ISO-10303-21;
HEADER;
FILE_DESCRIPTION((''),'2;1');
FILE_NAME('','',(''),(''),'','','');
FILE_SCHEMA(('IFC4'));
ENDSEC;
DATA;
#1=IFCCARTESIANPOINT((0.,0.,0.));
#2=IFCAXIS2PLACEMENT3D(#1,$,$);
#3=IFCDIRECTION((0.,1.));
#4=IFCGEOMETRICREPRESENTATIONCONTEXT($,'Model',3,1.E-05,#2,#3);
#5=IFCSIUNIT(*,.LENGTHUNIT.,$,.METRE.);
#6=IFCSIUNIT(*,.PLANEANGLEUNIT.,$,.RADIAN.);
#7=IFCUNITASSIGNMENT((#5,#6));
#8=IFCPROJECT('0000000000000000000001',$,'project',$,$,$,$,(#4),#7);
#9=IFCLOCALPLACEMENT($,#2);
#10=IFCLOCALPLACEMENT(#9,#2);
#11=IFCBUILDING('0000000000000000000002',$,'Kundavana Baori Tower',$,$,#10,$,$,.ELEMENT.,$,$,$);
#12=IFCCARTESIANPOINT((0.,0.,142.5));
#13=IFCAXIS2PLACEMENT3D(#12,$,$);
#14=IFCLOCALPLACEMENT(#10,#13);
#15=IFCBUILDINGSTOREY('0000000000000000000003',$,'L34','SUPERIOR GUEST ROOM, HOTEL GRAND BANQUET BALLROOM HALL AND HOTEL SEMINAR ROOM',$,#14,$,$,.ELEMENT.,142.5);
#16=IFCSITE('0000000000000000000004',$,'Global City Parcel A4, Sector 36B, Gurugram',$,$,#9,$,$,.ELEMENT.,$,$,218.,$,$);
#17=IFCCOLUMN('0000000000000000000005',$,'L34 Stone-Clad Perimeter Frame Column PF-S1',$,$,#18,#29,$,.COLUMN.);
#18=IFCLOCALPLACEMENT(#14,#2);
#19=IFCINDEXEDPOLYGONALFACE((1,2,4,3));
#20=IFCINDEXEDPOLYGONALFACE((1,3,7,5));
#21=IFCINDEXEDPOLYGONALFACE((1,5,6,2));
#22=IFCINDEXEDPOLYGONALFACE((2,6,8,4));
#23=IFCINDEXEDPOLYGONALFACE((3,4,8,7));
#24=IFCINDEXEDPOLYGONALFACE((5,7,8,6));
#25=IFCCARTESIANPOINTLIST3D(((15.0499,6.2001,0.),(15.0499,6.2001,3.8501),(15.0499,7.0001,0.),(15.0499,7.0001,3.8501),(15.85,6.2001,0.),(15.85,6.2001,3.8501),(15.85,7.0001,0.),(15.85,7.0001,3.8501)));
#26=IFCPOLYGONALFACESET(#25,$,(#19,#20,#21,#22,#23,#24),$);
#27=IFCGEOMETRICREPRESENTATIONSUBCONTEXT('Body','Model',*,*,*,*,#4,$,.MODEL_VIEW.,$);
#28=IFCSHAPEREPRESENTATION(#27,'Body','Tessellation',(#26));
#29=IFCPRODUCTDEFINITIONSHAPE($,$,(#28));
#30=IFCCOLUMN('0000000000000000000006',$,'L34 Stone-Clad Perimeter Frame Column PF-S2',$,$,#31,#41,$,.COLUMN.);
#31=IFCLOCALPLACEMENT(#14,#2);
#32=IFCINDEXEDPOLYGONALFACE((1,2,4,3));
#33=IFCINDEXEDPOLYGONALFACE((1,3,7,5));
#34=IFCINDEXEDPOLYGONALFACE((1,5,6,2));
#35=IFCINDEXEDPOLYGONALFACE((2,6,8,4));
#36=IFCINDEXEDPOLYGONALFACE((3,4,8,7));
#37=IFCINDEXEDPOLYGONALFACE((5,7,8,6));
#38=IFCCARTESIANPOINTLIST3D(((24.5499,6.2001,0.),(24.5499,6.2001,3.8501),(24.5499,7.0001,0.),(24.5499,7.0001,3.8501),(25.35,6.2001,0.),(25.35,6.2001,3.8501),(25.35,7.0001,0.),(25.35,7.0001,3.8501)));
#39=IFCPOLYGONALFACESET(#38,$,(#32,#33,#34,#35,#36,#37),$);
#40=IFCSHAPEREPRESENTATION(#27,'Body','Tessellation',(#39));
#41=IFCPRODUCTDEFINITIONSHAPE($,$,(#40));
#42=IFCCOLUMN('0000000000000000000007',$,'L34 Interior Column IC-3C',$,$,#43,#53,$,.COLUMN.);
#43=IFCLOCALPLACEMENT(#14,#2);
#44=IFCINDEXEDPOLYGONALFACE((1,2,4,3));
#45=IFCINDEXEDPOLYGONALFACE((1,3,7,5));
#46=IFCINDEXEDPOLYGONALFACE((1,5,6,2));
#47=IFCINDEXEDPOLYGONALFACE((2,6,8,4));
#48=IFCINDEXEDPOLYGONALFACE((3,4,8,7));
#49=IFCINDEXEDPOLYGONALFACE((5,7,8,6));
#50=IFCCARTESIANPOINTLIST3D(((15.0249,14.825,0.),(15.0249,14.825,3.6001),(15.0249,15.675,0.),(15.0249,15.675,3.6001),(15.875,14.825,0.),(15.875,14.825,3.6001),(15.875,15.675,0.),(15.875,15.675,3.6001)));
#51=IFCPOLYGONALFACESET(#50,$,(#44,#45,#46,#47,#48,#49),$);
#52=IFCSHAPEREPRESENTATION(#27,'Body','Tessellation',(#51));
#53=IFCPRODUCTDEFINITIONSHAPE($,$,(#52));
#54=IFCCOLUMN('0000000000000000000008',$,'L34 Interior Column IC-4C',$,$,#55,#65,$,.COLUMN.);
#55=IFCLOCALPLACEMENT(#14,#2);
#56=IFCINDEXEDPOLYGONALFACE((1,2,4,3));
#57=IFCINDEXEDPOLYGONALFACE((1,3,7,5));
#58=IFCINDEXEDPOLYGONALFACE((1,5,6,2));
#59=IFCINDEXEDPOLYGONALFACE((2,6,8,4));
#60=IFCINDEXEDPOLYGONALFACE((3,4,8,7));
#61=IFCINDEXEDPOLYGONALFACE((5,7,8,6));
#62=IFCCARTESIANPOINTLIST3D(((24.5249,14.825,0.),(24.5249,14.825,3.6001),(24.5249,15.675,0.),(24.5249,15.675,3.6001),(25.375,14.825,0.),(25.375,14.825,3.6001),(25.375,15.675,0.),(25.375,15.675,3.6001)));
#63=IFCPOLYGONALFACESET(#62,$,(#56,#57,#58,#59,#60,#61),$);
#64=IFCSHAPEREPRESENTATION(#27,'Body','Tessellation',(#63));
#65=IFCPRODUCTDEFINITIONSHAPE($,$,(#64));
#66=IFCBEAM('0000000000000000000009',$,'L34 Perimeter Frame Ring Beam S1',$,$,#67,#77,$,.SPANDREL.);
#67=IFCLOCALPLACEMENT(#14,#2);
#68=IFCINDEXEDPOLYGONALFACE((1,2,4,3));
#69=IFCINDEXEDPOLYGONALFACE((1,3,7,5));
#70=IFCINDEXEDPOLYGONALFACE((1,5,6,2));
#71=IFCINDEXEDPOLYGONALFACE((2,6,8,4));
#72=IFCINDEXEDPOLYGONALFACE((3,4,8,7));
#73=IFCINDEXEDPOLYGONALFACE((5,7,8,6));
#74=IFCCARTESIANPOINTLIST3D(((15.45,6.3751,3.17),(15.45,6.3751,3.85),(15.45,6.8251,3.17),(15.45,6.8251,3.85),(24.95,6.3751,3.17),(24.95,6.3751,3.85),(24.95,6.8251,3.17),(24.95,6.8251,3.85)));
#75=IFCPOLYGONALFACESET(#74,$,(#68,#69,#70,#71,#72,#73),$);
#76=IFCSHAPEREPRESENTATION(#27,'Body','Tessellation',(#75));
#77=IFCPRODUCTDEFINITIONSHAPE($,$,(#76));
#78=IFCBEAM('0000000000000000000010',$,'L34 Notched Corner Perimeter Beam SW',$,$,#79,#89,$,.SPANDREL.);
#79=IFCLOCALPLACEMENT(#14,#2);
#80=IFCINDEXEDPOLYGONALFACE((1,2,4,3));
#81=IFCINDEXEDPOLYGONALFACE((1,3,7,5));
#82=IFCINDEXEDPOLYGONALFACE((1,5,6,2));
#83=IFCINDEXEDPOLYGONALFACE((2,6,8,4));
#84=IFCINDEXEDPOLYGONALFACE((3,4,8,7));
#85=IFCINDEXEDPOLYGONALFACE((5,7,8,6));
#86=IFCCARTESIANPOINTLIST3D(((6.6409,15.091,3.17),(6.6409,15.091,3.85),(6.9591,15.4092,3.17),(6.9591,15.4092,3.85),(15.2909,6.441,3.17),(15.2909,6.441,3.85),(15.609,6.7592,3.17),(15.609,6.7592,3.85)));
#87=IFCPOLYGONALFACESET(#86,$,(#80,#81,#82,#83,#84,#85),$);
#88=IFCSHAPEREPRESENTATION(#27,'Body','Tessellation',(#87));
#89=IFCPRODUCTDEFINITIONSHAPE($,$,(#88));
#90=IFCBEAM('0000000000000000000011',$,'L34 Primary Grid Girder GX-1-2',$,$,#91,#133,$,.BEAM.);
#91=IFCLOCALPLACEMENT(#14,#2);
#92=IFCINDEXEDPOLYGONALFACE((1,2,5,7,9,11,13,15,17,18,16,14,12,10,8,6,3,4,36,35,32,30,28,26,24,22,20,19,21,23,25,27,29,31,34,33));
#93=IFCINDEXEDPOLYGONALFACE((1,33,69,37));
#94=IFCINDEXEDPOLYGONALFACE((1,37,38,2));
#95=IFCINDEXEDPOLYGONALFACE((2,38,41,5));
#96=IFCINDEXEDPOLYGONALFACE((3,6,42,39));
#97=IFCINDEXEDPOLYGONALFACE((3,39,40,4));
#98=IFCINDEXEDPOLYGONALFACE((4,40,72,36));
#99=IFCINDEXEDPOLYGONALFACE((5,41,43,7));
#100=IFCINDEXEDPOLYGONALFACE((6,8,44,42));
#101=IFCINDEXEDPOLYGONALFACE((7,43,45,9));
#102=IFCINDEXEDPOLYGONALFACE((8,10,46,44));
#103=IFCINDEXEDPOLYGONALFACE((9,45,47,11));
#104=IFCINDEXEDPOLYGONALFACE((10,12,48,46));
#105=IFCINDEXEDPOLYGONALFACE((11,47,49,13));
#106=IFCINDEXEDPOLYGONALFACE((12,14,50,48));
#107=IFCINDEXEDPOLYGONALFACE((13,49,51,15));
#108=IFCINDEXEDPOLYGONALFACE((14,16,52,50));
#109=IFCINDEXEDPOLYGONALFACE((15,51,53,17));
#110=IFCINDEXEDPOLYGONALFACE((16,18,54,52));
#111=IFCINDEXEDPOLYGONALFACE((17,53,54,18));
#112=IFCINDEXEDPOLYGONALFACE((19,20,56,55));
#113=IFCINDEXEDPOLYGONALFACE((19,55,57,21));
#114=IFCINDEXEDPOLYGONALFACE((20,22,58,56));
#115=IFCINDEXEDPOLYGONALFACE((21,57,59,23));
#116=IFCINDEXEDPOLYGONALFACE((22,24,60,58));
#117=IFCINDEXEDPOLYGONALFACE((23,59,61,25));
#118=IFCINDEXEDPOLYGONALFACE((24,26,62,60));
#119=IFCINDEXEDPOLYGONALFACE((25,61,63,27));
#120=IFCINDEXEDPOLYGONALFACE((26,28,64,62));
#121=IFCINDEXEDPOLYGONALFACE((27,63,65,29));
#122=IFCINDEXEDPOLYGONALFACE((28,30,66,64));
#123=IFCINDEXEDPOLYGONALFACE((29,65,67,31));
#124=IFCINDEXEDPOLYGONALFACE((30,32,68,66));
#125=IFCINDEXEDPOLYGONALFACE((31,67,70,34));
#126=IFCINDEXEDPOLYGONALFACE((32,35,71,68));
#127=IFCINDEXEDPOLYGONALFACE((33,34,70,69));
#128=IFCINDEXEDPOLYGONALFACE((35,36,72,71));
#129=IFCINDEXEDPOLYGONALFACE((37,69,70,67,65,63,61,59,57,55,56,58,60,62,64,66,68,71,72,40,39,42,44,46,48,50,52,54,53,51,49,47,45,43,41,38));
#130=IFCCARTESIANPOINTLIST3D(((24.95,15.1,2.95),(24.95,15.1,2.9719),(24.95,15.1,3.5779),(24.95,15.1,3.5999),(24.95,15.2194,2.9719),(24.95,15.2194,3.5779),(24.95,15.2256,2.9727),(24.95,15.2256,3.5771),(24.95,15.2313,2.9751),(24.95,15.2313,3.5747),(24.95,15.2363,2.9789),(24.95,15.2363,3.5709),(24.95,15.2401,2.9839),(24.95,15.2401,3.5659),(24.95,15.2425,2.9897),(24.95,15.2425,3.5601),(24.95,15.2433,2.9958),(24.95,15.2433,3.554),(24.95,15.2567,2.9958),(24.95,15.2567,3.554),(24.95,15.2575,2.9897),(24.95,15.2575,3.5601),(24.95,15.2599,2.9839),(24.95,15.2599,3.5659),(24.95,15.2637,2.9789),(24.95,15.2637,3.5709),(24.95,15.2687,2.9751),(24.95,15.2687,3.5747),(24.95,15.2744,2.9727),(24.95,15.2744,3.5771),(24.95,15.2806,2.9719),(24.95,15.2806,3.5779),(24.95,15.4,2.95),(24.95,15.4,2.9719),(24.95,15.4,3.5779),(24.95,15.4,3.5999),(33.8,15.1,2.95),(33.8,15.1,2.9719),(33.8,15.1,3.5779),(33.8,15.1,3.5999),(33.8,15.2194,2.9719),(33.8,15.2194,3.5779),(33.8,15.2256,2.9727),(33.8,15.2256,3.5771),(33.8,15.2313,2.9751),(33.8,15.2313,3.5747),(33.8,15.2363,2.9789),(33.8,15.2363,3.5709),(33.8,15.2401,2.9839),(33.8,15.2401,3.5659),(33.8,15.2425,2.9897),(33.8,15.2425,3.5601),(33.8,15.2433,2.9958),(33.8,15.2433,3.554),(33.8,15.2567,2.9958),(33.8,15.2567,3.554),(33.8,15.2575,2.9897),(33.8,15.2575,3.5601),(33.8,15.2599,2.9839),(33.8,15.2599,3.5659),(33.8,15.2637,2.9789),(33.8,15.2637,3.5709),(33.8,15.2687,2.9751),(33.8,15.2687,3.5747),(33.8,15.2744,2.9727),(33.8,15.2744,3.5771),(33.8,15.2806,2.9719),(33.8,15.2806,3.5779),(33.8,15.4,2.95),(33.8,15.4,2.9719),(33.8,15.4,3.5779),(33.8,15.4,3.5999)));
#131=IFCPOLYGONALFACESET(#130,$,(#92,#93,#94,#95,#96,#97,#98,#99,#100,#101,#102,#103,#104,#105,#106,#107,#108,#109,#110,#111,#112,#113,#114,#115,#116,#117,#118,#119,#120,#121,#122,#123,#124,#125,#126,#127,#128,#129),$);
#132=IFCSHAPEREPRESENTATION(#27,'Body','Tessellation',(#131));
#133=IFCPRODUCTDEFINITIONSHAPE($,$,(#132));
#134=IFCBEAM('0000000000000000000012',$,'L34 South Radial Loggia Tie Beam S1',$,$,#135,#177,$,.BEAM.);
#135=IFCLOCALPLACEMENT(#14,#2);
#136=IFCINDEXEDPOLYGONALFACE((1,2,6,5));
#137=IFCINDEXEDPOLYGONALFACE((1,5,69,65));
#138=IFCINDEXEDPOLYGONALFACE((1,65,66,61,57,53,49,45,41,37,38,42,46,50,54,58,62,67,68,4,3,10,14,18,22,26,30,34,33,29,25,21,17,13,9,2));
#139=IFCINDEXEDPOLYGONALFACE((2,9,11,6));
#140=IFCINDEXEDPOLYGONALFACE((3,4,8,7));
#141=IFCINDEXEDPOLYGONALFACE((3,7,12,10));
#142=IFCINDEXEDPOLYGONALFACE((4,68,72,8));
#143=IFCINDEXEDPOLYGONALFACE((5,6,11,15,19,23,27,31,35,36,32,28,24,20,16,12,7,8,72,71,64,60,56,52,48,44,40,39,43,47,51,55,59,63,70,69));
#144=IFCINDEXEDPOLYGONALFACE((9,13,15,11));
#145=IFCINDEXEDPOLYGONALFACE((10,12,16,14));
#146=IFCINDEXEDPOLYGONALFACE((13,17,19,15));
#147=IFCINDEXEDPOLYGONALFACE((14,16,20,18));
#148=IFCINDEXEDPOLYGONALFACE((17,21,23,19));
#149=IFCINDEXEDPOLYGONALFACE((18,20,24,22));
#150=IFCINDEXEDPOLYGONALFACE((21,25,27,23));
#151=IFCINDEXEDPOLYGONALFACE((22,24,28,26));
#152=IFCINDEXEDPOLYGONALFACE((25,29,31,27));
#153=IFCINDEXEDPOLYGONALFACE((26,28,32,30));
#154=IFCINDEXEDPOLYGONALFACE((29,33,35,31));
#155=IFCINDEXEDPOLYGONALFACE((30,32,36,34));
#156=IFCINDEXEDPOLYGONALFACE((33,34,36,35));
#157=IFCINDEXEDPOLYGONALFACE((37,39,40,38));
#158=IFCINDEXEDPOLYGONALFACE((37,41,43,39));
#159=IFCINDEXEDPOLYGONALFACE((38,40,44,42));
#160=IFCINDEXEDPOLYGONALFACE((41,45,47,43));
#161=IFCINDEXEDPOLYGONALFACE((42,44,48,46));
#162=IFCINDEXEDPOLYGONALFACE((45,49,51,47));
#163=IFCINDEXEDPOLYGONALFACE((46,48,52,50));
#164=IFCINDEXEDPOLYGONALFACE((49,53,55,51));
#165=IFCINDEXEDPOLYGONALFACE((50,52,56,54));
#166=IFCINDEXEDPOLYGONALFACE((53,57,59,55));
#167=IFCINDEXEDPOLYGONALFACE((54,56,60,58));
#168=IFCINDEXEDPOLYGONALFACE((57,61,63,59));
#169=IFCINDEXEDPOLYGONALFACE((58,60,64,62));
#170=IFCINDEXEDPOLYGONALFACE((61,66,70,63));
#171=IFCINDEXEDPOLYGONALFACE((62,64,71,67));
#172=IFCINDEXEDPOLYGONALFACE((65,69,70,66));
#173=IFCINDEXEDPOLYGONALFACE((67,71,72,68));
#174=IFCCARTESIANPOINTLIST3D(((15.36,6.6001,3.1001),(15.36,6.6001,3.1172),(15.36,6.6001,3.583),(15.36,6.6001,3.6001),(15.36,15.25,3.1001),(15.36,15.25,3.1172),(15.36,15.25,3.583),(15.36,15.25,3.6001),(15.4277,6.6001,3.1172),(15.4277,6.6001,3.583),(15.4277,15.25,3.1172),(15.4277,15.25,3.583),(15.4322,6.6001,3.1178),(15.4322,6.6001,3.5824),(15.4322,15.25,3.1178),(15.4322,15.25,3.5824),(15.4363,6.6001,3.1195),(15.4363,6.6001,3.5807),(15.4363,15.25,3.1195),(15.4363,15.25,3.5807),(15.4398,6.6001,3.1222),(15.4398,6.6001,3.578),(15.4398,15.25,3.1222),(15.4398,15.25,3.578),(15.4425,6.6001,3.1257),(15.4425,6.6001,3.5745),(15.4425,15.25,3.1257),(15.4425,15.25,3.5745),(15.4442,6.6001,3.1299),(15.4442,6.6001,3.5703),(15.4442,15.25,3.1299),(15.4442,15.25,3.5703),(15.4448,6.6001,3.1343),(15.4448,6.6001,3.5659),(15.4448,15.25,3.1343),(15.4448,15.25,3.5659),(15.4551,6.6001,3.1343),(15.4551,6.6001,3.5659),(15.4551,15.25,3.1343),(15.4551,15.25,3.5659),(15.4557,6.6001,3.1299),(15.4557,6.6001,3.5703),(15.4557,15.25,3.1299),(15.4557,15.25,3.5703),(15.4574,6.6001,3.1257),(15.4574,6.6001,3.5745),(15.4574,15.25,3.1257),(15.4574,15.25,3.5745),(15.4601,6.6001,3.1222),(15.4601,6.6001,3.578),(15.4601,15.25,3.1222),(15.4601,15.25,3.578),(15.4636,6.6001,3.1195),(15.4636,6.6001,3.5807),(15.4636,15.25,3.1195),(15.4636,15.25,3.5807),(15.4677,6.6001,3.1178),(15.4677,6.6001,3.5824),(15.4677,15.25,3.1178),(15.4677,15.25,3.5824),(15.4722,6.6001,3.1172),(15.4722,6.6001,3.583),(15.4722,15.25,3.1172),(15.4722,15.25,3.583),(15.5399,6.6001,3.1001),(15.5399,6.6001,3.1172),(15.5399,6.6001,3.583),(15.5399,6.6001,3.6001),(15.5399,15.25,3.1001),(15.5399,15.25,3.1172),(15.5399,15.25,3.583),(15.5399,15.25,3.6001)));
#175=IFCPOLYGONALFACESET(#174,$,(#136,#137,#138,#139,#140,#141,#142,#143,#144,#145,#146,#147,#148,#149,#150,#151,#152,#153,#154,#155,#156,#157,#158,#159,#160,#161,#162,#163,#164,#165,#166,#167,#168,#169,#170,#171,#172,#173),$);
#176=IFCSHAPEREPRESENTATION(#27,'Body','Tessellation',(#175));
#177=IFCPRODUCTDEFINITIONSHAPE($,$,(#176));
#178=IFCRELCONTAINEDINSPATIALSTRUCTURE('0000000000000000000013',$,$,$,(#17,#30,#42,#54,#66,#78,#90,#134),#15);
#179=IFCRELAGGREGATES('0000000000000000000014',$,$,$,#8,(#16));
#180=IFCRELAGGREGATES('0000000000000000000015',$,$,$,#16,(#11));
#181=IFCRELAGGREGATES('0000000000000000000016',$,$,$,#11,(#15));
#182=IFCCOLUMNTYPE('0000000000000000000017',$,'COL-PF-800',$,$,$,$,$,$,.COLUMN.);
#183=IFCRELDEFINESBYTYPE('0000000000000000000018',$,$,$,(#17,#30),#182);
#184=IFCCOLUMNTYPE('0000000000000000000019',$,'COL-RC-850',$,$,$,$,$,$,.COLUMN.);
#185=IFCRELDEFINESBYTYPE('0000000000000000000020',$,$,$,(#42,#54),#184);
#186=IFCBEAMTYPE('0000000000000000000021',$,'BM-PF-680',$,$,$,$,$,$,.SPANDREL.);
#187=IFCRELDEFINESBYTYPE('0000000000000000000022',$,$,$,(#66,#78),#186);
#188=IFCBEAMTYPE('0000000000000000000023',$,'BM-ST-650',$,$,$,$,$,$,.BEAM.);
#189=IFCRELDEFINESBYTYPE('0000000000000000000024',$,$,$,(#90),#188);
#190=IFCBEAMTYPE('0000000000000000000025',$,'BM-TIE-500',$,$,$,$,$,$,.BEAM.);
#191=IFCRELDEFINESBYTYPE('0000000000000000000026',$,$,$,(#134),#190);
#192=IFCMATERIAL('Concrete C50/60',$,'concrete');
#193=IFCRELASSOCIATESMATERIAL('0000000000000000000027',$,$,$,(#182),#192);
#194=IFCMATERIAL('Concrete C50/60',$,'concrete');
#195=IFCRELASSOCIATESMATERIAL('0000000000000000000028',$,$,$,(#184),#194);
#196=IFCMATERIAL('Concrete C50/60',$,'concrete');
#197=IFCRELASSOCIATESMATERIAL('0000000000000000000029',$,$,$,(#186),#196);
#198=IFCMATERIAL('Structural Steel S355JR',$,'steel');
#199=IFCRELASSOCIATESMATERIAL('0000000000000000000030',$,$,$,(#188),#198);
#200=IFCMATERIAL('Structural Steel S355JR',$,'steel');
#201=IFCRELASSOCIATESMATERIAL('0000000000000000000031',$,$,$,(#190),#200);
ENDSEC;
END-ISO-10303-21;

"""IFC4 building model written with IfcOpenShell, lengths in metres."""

from ifc_helpers import new_model, si_unit, direction, frame, origin, origin_2d, place, context, subcontext, project, spatial, rectangle, i_section, extrude, material, material_profile, profile_set, type_object, element, save


model = new_model("IFC4")

# Units and contexts
model_context = context("Model", 3, precision=1e-05, world=origin(), true_north=direction((0.0, 1.0)))
body_context = subcontext(model_context, "Body", "Model", "MODEL_VIEW")
ifc_project = project(units=[si_unit("LENGTHUNIT", "METRE"), si_unit("PLANEANGLEUNIT", "RADIAN")], contexts=[model_context])

# Site, building, storey
site_placement = place(None, origin())
site = spatial("IfcSite", under=ifc_project, at=site_placement, Name="Global City Parcel A4, Sector 36B, Gurugram", CompositionType="ELEMENT", RefElevation=218.0)
building_placement = place(site_placement, origin())
building = spatial("IfcBuilding", under=site, at=building_placement, Name="Kundavana Baori Tower", CompositionType="ELEMENT")
storey_placement = place(building_placement, frame((0.0, 0.0, 142.5)))
storey = spatial("IfcBuildingStorey", under=building, at=storey_placement, Name="L34", Description="SUPERIOR GUEST ROOM, HOTEL GRAND BANQUET BALLROOM HALL AND HOTEL SEMINAR ROOM", CompositionType="ELEMENT", Elevation=142.5)

# Columns
ifc_material_1 = material(Name="Concrete C50/60", Category="concrete")
ifc_material_profile_1 = material_profile(ifc_material_1, rectangle(XDim=0.8, YDim=0.8, at=origin_2d()), Name="RC PF 800x800")
ifc_profile_set_1 = profile_set([ifc_material_profile_1], Name="Concrete C50/60")
column_type_1 = type_object("IfcColumnType", Name="COL-PF-800", PredefinedType="COLUMN", material=ifc_profile_set_1)
for number, where, z_axis, x_axis, name in (
    (1, (15.45, 6.6001, 0.0), (0.0, 0.0, 1.0), (1.0, 0.0, 0.0), "L34 Stone-Clad Perimeter Frame Column PF-S1"),
    (2, (24.95, 6.6001, 0.0), (0.0, 0.0, 1.0), (1.0, 0.0, 0.0), "L34 Stone-Clad Perimeter Frame Column PF-S2"),
):
    element("IfcColumn", number, at=place(storey_placement, frame(where, z_axis=z_axis, x_axis=x_axis)), inside=storey, type_object=column_type_1, Name=name, PredefinedType="COLUMN", context=body_context, shape_type="SweptSolid", body=[
        extrude(rectangle(XDim=0.8, YDim=0.8, at=origin_2d()), origin(), (0.0, 0.0, 1.0), 3.8501),
    ])
ifc_material_2 = material(Name="Concrete C50/60", Category="concrete")
ifc_material_profile_2 = material_profile(ifc_material_2, rectangle(XDim=0.8501, YDim=0.8501, at=origin_2d()), Name="RC 850x850")
ifc_profile_set_2 = profile_set([ifc_material_profile_2], Name="Concrete C50/60")
column_type_2 = type_object("IfcColumnType", Name="COL-RC-850", PredefinedType="COLUMN", material=ifc_profile_set_2)
for number, where, z_axis, x_axis, name in (
    (3, (15.45, 15.25, 0.0), (0.0, 0.0, 1.0), (1.0, 0.0, 0.0), "L34 Interior Column IC-3C"),
    (4, (24.95, 15.25, 0.0), (0.0, 0.0, 1.0), (1.0, 0.0, 0.0), "L34 Interior Column IC-4C"),
):
    element("IfcColumn", number, at=place(storey_placement, frame(where, z_axis=z_axis, x_axis=x_axis)), inside=storey, type_object=column_type_2, Name=name, PredefinedType="COLUMN", context=body_context, shape_type="SweptSolid", body=[
        extrude(rectangle(XDim=0.8501, YDim=0.8501, at=origin_2d()), origin(), (0.0, 0.0, 1.0), 3.6001),
    ])

# Beams
ifc_material_3 = material(Name="Concrete C50/60", Category="concrete")
ifc_material_profile_3 = material_profile(ifc_material_3, rectangle(XDim=0.45, YDim=0.6799, at=origin_2d()), Name="RC BM 450x680")
ifc_profile_set_3 = profile_set([ifc_material_profile_3], Name="Concrete C50/60")
beam_type_1 = type_object("IfcBeamType", Name="BM-PF-680", PredefinedType="SPANDREL", material=ifc_profile_set_3)
beam_1_placement = place(storey_placement, frame((15.45, 6.6001, 3.51), z_axis=(1.0, 0.0, 0.0), x_axis=(0.0, 1.0, 0.0)))
element("IfcBeam", 5, at=beam_1_placement, inside=storey, type_object=beam_type_1, Name="L34 Perimeter Frame Ring Beam S1", PredefinedType="SPANDREL", context=body_context, shape_type="SweptSolid", body=[
    extrude(rectangle(XDim=0.45, YDim=0.6799, at=origin_2d()), origin(), (0.0, 0.0, 1.0), 9.5),
])
beam_2_placement = place(storey_placement, frame((15.45, 6.6001, 3.51), z_axis=(-0.707107, 0.707107, 0.0), x_axis=(-0.707107, -0.707107, 0.0)))
element("IfcBeam", 6, at=beam_2_placement, inside=storey, type_object=beam_type_1, Name="L34 Notched Corner Perimeter Beam SW", PredefinedType="SPANDREL", context=body_context, shape_type="SweptSolid", body=[
    extrude(rectangle(XDim=0.45, YDim=0.6799, at=origin_2d()), origin(), (0.0, 0.0, 1.0), 12.2329),
])
ifc_material_4 = material(Name="Structural Steel S355JR", Category="steel")
ifc_material_profile_4 = material_profile(ifc_material_4, i_section(OverallWidth=0.3, OverallDepth=0.6499, WebThickness=0.0134, FlangeThickness=0.022, FilletRadius=0.0239, at=origin_2d()), Name="NPB 650x300x155")
ifc_profile_set_4 = profile_set([ifc_material_profile_4], Name="Structural Steel S355JR")
beam_type_2 = type_object("IfcBeamType", Name="BM-ST-650", PredefinedType="BEAM", material=ifc_profile_set_4)
beam_3_placement = place(storey_placement, frame((24.95, 15.25, 3.2749), z_axis=(1.0, 0.0, 0.0), x_axis=(0.0, 1.0, 0.0)))
element("IfcBeam", 7, at=beam_3_placement, inside=storey, type_object=beam_type_2, Name="L34 Primary Grid Girder GX-1-2", PredefinedType="BEAM", context=body_context, shape_type="SweptSolid", body=[
    extrude(i_section(OverallWidth=0.3, OverallDepth=0.6499, WebThickness=0.0134, FlangeThickness=0.022, FilletRadius=0.0239, at=origin_2d()), origin(), (0.0, 0.0, 1.0), 8.8501),
])
ifc_material_5 = material(Name="Structural Steel S355JR", Category="steel")
ifc_material_profile_5 = material_profile(ifc_material_5, i_section(OverallWidth=0.1799, OverallDepth=0.5, WebThickness=0.0103, FlangeThickness=0.0171, FilletRadius=0.0171, at=origin_2d()), Name="ISMB 500")
ifc_profile_set_5 = profile_set([ifc_material_profile_5], Name="Structural Steel S355JR")
beam_type_3 = type_object("IfcBeamType", Name="BM-TIE-500", PredefinedType="BEAM", material=ifc_profile_set_5)
for number, where, z_axis, x_axis, name in (
    (8, (15.45, 15.25, 3.3501), (0.0, -1.0, 0.0), (1.0, 0.0, 0.0), "L34 South Radial Loggia Tie Beam S1"),
):
    element("IfcBeam", number, at=place(storey_placement, frame(where, z_axis=z_axis, x_axis=x_axis)), inside=storey, type_object=beam_type_3, Name=name, PredefinedType="BEAM", context=body_context, shape_type="SweptSolid", body=[
        extrude(i_section(OverallWidth=0.1799, OverallDepth=0.5, WebThickness=0.0103, FlangeThickness=0.0171, FilletRadius=0.0171, at=origin_2d()), origin(), (0.0, 0.0, 1.0), 8.6499),
    ])

save(model, "model.ifc")
